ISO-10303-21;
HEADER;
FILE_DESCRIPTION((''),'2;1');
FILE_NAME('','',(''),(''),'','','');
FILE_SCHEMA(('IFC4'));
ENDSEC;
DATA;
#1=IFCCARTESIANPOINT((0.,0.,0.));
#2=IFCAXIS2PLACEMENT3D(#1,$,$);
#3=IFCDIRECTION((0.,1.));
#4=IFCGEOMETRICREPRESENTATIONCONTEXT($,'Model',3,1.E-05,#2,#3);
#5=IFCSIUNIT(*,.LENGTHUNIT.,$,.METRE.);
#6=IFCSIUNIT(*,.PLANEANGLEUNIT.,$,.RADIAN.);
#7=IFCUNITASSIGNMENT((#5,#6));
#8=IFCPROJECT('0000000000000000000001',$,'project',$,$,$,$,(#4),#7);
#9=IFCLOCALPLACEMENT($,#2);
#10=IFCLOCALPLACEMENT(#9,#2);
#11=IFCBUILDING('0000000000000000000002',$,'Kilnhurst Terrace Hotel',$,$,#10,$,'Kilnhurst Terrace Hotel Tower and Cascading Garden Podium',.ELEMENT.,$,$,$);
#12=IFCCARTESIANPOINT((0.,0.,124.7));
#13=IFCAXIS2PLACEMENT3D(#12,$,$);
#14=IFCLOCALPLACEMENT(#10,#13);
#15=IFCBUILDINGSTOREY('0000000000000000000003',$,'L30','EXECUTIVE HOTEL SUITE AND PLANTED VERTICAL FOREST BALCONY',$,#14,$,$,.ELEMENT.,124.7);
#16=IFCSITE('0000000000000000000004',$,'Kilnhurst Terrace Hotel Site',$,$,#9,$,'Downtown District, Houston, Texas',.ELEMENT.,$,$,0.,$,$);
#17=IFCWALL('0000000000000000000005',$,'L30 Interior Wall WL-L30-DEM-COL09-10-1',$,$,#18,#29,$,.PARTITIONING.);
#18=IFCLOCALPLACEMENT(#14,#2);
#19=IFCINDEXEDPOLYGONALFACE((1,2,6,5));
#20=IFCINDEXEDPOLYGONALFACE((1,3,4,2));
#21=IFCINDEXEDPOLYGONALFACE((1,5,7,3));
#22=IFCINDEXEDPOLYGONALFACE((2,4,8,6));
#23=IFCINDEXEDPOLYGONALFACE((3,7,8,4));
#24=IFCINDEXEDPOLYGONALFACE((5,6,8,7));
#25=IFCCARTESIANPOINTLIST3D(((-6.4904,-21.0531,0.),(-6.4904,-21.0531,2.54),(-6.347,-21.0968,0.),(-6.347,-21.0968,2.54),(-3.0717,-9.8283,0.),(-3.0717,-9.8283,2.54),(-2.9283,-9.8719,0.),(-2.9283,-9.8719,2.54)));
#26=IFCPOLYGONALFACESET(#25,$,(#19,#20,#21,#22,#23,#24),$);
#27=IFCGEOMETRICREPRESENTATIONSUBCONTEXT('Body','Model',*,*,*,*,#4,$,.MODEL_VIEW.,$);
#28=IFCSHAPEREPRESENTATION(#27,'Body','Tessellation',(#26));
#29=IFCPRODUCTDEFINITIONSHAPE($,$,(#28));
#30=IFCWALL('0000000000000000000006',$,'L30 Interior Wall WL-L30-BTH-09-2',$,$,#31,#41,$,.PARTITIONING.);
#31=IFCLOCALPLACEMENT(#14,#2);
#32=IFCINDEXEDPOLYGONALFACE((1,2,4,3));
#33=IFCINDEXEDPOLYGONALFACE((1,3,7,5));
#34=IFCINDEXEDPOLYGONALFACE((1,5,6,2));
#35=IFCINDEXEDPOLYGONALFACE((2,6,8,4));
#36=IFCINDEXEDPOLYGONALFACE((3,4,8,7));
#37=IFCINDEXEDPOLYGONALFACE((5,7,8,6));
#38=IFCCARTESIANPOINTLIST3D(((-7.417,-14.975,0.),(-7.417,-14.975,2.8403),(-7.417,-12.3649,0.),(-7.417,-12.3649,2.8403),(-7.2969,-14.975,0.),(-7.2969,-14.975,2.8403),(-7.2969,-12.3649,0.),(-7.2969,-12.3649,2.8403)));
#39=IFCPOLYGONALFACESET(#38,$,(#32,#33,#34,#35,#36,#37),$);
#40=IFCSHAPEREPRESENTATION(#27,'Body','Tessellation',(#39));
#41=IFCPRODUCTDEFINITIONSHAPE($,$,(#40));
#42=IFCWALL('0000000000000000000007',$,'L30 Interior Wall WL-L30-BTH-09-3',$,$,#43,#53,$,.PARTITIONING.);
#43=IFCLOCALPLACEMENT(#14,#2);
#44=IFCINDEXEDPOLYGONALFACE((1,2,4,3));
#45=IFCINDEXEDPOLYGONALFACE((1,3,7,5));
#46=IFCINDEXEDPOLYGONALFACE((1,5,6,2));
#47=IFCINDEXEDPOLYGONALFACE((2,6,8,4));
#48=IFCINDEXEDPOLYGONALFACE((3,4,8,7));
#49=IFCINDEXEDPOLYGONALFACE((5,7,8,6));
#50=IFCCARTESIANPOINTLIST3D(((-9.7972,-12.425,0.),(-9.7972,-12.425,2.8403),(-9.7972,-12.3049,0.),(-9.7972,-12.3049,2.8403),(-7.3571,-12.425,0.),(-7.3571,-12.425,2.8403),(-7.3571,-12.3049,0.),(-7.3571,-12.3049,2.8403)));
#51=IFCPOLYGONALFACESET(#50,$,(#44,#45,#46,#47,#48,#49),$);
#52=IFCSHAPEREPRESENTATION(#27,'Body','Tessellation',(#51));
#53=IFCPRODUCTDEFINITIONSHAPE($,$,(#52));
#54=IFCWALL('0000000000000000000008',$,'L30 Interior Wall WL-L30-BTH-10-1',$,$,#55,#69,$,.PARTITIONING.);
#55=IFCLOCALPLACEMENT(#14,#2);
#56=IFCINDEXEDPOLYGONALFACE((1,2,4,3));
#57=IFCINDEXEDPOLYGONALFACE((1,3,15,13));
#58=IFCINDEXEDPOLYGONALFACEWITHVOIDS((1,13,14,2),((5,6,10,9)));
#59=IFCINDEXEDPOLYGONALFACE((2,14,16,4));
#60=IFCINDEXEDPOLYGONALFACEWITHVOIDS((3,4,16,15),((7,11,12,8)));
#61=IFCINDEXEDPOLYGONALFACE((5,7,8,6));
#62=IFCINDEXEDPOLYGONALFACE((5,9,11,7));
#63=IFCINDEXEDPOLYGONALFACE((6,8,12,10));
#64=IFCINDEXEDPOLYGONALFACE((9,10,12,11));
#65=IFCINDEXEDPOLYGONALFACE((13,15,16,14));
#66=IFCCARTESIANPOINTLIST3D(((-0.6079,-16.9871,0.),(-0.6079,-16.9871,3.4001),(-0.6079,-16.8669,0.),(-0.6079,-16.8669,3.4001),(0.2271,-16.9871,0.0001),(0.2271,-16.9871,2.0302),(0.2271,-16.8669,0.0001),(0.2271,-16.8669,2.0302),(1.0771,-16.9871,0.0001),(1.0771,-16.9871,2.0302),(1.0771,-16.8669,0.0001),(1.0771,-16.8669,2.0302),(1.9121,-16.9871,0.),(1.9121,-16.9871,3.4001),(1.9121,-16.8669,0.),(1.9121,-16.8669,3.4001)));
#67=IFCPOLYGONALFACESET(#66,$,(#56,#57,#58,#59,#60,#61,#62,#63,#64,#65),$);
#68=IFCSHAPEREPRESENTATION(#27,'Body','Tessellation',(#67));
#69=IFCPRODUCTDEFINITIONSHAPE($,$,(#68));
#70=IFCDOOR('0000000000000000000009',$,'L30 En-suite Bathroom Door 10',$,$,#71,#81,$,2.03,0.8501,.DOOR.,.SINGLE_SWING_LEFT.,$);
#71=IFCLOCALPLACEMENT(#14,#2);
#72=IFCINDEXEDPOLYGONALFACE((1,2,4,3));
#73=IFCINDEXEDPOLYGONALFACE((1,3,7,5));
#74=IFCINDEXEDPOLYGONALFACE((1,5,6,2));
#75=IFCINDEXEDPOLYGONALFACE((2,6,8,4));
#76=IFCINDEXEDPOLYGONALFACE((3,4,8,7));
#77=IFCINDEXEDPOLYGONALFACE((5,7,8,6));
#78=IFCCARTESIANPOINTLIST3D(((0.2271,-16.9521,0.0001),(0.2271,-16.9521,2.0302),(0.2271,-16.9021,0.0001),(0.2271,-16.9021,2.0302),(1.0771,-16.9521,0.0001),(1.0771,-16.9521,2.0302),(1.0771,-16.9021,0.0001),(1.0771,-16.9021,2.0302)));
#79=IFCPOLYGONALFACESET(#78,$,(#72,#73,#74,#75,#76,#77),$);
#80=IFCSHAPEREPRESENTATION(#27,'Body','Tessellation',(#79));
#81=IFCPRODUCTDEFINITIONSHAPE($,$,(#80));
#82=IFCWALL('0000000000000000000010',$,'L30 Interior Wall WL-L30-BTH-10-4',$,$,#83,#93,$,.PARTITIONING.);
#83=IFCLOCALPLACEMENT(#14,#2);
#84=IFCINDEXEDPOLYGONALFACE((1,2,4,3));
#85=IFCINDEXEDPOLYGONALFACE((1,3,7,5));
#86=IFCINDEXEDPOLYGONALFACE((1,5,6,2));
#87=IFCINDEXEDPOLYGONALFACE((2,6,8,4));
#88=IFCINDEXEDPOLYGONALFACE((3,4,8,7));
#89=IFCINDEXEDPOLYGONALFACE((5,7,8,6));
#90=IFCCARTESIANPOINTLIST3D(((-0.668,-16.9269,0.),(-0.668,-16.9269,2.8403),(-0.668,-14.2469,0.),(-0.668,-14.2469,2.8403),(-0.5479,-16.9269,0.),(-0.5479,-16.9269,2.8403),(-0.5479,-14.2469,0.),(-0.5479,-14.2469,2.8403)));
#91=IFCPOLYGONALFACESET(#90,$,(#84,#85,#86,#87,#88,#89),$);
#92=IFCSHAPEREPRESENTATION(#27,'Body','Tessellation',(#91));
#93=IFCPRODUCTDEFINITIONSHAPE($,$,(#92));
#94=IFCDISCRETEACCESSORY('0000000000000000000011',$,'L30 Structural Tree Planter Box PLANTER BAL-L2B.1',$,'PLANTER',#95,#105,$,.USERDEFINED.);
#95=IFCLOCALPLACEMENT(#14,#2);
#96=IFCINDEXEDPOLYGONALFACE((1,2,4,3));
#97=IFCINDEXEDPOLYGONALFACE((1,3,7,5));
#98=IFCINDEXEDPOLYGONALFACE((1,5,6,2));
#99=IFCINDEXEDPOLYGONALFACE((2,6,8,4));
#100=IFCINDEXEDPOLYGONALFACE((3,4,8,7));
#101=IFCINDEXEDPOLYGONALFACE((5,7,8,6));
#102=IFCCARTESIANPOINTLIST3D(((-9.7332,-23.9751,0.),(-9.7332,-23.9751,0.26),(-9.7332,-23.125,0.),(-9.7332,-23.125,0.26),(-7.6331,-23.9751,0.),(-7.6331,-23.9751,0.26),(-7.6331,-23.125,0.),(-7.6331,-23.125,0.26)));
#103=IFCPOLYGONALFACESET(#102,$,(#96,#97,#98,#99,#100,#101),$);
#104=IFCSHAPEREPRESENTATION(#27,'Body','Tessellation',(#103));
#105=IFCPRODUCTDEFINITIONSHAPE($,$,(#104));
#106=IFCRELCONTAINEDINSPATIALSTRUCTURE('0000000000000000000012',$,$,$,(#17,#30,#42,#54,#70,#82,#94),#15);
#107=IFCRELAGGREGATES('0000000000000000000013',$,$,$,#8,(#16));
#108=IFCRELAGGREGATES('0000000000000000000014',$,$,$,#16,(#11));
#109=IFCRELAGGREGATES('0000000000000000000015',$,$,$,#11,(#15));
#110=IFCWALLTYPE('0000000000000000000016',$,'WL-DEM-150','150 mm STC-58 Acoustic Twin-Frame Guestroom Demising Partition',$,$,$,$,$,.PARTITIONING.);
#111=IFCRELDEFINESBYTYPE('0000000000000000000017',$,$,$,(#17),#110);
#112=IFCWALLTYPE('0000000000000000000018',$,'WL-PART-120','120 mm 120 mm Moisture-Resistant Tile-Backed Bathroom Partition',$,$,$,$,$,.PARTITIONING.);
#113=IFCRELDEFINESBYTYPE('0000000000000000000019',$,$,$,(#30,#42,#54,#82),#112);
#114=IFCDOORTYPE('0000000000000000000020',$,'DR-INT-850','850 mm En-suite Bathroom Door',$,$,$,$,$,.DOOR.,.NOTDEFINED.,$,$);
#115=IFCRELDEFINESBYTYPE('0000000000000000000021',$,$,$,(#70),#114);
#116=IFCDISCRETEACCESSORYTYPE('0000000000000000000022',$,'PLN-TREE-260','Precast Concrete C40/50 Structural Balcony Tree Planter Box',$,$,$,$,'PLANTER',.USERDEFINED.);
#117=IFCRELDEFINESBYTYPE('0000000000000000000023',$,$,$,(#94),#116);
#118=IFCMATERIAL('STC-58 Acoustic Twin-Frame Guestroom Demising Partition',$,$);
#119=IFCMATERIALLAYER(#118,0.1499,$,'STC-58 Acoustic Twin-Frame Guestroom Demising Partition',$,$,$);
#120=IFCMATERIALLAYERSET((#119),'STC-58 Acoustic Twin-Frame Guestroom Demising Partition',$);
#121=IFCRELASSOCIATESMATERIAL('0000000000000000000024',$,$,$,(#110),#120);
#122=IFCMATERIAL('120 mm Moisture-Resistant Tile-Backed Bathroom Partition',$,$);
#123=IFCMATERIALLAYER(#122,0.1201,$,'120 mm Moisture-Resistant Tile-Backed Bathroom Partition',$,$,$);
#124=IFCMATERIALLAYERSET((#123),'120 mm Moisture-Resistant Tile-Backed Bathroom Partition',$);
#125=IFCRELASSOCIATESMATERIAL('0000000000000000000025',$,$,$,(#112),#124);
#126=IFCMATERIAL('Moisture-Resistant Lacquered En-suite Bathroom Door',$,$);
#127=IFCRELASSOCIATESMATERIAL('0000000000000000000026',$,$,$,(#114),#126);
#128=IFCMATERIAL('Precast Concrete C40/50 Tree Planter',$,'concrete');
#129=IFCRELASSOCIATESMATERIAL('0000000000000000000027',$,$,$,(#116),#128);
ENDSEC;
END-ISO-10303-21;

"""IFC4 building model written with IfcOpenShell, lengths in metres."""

from ifc_helpers import new_model, si_unit, direction, frame, frame_2d, origin, origin_2d, place, context, subcontext, project, spatial, rectangle, extrude, material, layer, layer_set, type_object, element, fill, save


model = new_model("IFC4")

# Units and contexts
model_context = context("Model", 3, precision=1e-05, world=origin(), true_north=direction((0.0, 1.0)))
body_context = subcontext(model_context, "Body", "Model", "MODEL_VIEW")
ifc_project = project(units=[si_unit("LENGTHUNIT", "METRE"), si_unit("PLANEANGLEUNIT", "RADIAN")], contexts=[model_context])

# Site, building, storey
site_placement = place(None, origin())
site = spatial("IfcSite", under=ifc_project, at=site_placement, Name="Kilnhurst Terrace Hotel Site", LongName="Downtown District, Houston, Texas", CompositionType="ELEMENT", RefElevation=0.0)
building_placement = place(site_placement, origin())
building = spatial("IfcBuilding", under=site, at=building_placement, Name="Kilnhurst Terrace Hotel", LongName="Kilnhurst Terrace Hotel Tower and Cascading Garden Podium", CompositionType="ELEMENT")
storey_placement = place(building_placement, frame((0.0, 0.0, 124.7)))
storey = spatial("IfcBuildingStorey", under=building, at=storey_placement, Name="L30", Description="EXECUTIVE HOTEL SUITE AND PLANTED VERTICAL FOREST BALCONY", CompositionType="ELEMENT", Elevation=124.7)

# Walls
ifc_material_1 = material(Name="STC-58 Acoustic Twin-Frame Guestroom Demising Partition")
ifc_layer_1 = layer(ifc_material_1, 0.1499, Name="STC-58 Acoustic Twin-Frame Guestroom Demising Partition")
ifc_layer_set_1 = layer_set([ifc_layer_1], Name="STC-58 Acoustic Twin-Frame Guestroom Demising Partition")
wall_type_1 = type_object("IfcWallType", Name="WL-DEM-150", Description="150 mm STC-58 Acoustic Twin-Frame Guestroom Demising Partition", PredefinedType="PARTITIONING", material=ifc_layer_set_1)
wall_1_placement = place(storey_placement, frame((-3.0, -9.8501, 0.0), z_axis=(0.0, 0.0, 1.0), x_axis=(-0.291352, -0.956616, 0.0)))
element("IfcWall", 1, at=wall_1_placement, inside=storey, type_object=wall_type_1, Name="L30 Interior Wall WL-L30-DEM-COL09-10-1", PredefinedType="PARTITIONING", context=body_context, shape_type="SweptSolid", body=[
    extrude(rectangle(XDim=11.7339, YDim=0.1499, at=frame_2d((5.8669, 0.0))), origin(), (0.0, 0.0, 1.0), 2.54),
])
ifc_material_2 = material(Name="120 mm Moisture-Resistant Tile-Backed Bathroom Partition")
ifc_layer_2 = layer(ifc_material_2, 0.1201, Name="120 mm Moisture-Resistant Tile-Backed Bathroom Partition")
ifc_layer_set_2 = layer_set([ifc_layer_2], Name="120 mm Moisture-Resistant Tile-Backed Bathroom Partition")
wall_type_2 = type_object("IfcWallType", Name="WL-PART-120", Description="120 mm 120 mm Moisture-Resistant Tile-Backed Bathroom Partition", PredefinedType="PARTITIONING", material=ifc_layer_set_2)
wall_2_placement = place(storey_placement, frame((-7.3569, -14.9751, 0.0), z_axis=(0.0, 0.0, 1.0), x_axis=(0.0, 1.0, 0.0)))
element("IfcWall", 2, at=wall_2_placement, inside=storey, type_object=wall_type_2, Name="L30 Interior Wall WL-L30-BTH-09-2", PredefinedType="PARTITIONING", context=body_context, shape_type="SweptSolid", body=[
    extrude(rectangle(XDim=2.6101, YDim=0.1201, at=frame_2d((1.3052, 0.0))), origin(), (0.0, 0.0, 1.0), 2.8403),
])
wall_3_placement = place(storey_placement, frame((-7.3569, -12.365, 0.0), z_axis=(0.0, 0.0, 1.0), x_axis=(-1.0, 0.0, 0.0)))
element("IfcWall", 3, at=wall_3_placement, inside=storey, type_object=wall_type_2, Name="L30 Interior Wall WL-L30-BTH-09-3", PredefinedType="PARTITIONING", context=body_context, shape_type="SweptSolid", body=[
    extrude(rectangle(XDim=2.4402, YDim=0.1201, at=frame_2d((1.2202, 0.0))), origin(), (0.0, 0.0, 1.0), 2.8403),
])

# Wall, opening, door
wall_4_placement = place(storey_placement, frame((-0.6079, -16.927, 0.0), z_axis=(0.0, 0.0, 1.0), x_axis=(1.0, 0.0, 0.0)))
wall_4 = element("IfcWall", 4, at=wall_4_placement, inside=storey, type_object=wall_type_2, Name="L30 Interior Wall WL-L30-BTH-10-1", PredefinedType="PARTITIONING", context=body_context, shape_type="SweptSolid", body=[
    extrude(rectangle(XDim=2.52, YDim=0.1201, at=frame_2d((1.26, 0.0))), origin(), (0.0, 0.0, 1.0), 3.4001),
])
opening_1_placement = place(wall_4_placement, frame((0.835, 0.0, 0.0)))
opening_1 = element("IfcOpeningElement", 5, at=opening_1_placement, cuts=wall_4, PredefinedType="OPENING", context=body_context, shape_type="SweptSolid", body=[
    extrude(rectangle(XDim=0.8501, YDim=2.03, at=frame_2d((0.425, 1.0151))), frame((0.0, 0.0701, 0.0), z_axis=(0.0, -1.0, 0.0), x_axis=(1.0, 0.0, 0.0)), (0.0, 0.0, 1.0), 0.1401),
])
ifc_material_3 = material(Name="Moisture-Resistant Lacquered En-suite Bathroom Door")
door_type_1 = type_object("IfcDoorType", Name="DR-INT-850", Description="850 mm En-suite Bathroom Door", OperationType="NOTDEFINED", PredefinedType="DOOR", material=ifc_material_3)
door_1_placement = place(opening_1_placement, origin())
door_1 = element("IfcDoor", 6, at=door_1_placement, inside=storey, type_object=door_type_1, Name="L30 En-suite Bathroom Door 10", OperationType="SINGLE_SWING_LEFT", OverallHeight=2.03, OverallWidth=0.8501, PredefinedType="DOOR", context=body_context, shape_type="SweptSolid", body=[
    extrude(rectangle(XDim=0.8501, YDim=2.03, at=frame_2d((0.425, 1.0151))), frame((0.0, 0.0249, 0.0), z_axis=(0.0, -1.0, 0.0), x_axis=(1.0, 0.0, 0.0)), (0.0, 0.0, 1.0), 0.05),
])
fill(opening_1, door_1)

# Wall
wall_5_placement = place(storey_placement, frame((-0.6079, -14.2471, 0.0), z_axis=(0.0, 0.0, 1.0), x_axis=(0.0, -1.0, 0.0)))
element("IfcWall", 7, at=wall_5_placement, inside=storey, type_object=wall_type_2, Name="L30 Interior Wall WL-L30-BTH-10-4", PredefinedType="PARTITIONING", context=body_context, shape_type="SweptSolid", body=[
    extrude(rectangle(XDim=2.6799, YDim=0.1201, at=frame_2d((1.3398, 0.0))), origin(), (0.0, 0.0, 1.0), 2.8403),
])

# Discrete accessory
ifc_material_4 = material(Name="Precast Concrete C40/50 Tree Planter", Category="concrete")
discrete_accessory_type = type_object("IfcDiscreteAccessoryType", Name="PLN-TREE-260", Description="Precast Concrete C40/50 Structural Balcony Tree Planter Box", ElementType="PLANTER", PredefinedType="USERDEFINED", material=ifc_material_4)
discrete_accessory_placement = place(storey_placement, frame((-8.6831, -23.55, 0.0), z_axis=(0.0, 0.0, 1.0), x_axis=(1.0, 0.0, 0.0)))
element("IfcDiscreteAccessory", 8, at=discrete_accessory_placement, inside=storey, type_object=discrete_accessory_type, Name="L30 Structural Tree Planter Box PLANTER BAL-L2B.1", ObjectType="PLANTER", PredefinedType="USERDEFINED", context=body_context, shape_type="SweptSolid", body=[
    extrude(rectangle(XDim=2.1001, YDim=0.8501, at=origin_2d()), origin(), (0.0, 0.0, 1.0), 0.26),
])

save(model, "model.ifc")
